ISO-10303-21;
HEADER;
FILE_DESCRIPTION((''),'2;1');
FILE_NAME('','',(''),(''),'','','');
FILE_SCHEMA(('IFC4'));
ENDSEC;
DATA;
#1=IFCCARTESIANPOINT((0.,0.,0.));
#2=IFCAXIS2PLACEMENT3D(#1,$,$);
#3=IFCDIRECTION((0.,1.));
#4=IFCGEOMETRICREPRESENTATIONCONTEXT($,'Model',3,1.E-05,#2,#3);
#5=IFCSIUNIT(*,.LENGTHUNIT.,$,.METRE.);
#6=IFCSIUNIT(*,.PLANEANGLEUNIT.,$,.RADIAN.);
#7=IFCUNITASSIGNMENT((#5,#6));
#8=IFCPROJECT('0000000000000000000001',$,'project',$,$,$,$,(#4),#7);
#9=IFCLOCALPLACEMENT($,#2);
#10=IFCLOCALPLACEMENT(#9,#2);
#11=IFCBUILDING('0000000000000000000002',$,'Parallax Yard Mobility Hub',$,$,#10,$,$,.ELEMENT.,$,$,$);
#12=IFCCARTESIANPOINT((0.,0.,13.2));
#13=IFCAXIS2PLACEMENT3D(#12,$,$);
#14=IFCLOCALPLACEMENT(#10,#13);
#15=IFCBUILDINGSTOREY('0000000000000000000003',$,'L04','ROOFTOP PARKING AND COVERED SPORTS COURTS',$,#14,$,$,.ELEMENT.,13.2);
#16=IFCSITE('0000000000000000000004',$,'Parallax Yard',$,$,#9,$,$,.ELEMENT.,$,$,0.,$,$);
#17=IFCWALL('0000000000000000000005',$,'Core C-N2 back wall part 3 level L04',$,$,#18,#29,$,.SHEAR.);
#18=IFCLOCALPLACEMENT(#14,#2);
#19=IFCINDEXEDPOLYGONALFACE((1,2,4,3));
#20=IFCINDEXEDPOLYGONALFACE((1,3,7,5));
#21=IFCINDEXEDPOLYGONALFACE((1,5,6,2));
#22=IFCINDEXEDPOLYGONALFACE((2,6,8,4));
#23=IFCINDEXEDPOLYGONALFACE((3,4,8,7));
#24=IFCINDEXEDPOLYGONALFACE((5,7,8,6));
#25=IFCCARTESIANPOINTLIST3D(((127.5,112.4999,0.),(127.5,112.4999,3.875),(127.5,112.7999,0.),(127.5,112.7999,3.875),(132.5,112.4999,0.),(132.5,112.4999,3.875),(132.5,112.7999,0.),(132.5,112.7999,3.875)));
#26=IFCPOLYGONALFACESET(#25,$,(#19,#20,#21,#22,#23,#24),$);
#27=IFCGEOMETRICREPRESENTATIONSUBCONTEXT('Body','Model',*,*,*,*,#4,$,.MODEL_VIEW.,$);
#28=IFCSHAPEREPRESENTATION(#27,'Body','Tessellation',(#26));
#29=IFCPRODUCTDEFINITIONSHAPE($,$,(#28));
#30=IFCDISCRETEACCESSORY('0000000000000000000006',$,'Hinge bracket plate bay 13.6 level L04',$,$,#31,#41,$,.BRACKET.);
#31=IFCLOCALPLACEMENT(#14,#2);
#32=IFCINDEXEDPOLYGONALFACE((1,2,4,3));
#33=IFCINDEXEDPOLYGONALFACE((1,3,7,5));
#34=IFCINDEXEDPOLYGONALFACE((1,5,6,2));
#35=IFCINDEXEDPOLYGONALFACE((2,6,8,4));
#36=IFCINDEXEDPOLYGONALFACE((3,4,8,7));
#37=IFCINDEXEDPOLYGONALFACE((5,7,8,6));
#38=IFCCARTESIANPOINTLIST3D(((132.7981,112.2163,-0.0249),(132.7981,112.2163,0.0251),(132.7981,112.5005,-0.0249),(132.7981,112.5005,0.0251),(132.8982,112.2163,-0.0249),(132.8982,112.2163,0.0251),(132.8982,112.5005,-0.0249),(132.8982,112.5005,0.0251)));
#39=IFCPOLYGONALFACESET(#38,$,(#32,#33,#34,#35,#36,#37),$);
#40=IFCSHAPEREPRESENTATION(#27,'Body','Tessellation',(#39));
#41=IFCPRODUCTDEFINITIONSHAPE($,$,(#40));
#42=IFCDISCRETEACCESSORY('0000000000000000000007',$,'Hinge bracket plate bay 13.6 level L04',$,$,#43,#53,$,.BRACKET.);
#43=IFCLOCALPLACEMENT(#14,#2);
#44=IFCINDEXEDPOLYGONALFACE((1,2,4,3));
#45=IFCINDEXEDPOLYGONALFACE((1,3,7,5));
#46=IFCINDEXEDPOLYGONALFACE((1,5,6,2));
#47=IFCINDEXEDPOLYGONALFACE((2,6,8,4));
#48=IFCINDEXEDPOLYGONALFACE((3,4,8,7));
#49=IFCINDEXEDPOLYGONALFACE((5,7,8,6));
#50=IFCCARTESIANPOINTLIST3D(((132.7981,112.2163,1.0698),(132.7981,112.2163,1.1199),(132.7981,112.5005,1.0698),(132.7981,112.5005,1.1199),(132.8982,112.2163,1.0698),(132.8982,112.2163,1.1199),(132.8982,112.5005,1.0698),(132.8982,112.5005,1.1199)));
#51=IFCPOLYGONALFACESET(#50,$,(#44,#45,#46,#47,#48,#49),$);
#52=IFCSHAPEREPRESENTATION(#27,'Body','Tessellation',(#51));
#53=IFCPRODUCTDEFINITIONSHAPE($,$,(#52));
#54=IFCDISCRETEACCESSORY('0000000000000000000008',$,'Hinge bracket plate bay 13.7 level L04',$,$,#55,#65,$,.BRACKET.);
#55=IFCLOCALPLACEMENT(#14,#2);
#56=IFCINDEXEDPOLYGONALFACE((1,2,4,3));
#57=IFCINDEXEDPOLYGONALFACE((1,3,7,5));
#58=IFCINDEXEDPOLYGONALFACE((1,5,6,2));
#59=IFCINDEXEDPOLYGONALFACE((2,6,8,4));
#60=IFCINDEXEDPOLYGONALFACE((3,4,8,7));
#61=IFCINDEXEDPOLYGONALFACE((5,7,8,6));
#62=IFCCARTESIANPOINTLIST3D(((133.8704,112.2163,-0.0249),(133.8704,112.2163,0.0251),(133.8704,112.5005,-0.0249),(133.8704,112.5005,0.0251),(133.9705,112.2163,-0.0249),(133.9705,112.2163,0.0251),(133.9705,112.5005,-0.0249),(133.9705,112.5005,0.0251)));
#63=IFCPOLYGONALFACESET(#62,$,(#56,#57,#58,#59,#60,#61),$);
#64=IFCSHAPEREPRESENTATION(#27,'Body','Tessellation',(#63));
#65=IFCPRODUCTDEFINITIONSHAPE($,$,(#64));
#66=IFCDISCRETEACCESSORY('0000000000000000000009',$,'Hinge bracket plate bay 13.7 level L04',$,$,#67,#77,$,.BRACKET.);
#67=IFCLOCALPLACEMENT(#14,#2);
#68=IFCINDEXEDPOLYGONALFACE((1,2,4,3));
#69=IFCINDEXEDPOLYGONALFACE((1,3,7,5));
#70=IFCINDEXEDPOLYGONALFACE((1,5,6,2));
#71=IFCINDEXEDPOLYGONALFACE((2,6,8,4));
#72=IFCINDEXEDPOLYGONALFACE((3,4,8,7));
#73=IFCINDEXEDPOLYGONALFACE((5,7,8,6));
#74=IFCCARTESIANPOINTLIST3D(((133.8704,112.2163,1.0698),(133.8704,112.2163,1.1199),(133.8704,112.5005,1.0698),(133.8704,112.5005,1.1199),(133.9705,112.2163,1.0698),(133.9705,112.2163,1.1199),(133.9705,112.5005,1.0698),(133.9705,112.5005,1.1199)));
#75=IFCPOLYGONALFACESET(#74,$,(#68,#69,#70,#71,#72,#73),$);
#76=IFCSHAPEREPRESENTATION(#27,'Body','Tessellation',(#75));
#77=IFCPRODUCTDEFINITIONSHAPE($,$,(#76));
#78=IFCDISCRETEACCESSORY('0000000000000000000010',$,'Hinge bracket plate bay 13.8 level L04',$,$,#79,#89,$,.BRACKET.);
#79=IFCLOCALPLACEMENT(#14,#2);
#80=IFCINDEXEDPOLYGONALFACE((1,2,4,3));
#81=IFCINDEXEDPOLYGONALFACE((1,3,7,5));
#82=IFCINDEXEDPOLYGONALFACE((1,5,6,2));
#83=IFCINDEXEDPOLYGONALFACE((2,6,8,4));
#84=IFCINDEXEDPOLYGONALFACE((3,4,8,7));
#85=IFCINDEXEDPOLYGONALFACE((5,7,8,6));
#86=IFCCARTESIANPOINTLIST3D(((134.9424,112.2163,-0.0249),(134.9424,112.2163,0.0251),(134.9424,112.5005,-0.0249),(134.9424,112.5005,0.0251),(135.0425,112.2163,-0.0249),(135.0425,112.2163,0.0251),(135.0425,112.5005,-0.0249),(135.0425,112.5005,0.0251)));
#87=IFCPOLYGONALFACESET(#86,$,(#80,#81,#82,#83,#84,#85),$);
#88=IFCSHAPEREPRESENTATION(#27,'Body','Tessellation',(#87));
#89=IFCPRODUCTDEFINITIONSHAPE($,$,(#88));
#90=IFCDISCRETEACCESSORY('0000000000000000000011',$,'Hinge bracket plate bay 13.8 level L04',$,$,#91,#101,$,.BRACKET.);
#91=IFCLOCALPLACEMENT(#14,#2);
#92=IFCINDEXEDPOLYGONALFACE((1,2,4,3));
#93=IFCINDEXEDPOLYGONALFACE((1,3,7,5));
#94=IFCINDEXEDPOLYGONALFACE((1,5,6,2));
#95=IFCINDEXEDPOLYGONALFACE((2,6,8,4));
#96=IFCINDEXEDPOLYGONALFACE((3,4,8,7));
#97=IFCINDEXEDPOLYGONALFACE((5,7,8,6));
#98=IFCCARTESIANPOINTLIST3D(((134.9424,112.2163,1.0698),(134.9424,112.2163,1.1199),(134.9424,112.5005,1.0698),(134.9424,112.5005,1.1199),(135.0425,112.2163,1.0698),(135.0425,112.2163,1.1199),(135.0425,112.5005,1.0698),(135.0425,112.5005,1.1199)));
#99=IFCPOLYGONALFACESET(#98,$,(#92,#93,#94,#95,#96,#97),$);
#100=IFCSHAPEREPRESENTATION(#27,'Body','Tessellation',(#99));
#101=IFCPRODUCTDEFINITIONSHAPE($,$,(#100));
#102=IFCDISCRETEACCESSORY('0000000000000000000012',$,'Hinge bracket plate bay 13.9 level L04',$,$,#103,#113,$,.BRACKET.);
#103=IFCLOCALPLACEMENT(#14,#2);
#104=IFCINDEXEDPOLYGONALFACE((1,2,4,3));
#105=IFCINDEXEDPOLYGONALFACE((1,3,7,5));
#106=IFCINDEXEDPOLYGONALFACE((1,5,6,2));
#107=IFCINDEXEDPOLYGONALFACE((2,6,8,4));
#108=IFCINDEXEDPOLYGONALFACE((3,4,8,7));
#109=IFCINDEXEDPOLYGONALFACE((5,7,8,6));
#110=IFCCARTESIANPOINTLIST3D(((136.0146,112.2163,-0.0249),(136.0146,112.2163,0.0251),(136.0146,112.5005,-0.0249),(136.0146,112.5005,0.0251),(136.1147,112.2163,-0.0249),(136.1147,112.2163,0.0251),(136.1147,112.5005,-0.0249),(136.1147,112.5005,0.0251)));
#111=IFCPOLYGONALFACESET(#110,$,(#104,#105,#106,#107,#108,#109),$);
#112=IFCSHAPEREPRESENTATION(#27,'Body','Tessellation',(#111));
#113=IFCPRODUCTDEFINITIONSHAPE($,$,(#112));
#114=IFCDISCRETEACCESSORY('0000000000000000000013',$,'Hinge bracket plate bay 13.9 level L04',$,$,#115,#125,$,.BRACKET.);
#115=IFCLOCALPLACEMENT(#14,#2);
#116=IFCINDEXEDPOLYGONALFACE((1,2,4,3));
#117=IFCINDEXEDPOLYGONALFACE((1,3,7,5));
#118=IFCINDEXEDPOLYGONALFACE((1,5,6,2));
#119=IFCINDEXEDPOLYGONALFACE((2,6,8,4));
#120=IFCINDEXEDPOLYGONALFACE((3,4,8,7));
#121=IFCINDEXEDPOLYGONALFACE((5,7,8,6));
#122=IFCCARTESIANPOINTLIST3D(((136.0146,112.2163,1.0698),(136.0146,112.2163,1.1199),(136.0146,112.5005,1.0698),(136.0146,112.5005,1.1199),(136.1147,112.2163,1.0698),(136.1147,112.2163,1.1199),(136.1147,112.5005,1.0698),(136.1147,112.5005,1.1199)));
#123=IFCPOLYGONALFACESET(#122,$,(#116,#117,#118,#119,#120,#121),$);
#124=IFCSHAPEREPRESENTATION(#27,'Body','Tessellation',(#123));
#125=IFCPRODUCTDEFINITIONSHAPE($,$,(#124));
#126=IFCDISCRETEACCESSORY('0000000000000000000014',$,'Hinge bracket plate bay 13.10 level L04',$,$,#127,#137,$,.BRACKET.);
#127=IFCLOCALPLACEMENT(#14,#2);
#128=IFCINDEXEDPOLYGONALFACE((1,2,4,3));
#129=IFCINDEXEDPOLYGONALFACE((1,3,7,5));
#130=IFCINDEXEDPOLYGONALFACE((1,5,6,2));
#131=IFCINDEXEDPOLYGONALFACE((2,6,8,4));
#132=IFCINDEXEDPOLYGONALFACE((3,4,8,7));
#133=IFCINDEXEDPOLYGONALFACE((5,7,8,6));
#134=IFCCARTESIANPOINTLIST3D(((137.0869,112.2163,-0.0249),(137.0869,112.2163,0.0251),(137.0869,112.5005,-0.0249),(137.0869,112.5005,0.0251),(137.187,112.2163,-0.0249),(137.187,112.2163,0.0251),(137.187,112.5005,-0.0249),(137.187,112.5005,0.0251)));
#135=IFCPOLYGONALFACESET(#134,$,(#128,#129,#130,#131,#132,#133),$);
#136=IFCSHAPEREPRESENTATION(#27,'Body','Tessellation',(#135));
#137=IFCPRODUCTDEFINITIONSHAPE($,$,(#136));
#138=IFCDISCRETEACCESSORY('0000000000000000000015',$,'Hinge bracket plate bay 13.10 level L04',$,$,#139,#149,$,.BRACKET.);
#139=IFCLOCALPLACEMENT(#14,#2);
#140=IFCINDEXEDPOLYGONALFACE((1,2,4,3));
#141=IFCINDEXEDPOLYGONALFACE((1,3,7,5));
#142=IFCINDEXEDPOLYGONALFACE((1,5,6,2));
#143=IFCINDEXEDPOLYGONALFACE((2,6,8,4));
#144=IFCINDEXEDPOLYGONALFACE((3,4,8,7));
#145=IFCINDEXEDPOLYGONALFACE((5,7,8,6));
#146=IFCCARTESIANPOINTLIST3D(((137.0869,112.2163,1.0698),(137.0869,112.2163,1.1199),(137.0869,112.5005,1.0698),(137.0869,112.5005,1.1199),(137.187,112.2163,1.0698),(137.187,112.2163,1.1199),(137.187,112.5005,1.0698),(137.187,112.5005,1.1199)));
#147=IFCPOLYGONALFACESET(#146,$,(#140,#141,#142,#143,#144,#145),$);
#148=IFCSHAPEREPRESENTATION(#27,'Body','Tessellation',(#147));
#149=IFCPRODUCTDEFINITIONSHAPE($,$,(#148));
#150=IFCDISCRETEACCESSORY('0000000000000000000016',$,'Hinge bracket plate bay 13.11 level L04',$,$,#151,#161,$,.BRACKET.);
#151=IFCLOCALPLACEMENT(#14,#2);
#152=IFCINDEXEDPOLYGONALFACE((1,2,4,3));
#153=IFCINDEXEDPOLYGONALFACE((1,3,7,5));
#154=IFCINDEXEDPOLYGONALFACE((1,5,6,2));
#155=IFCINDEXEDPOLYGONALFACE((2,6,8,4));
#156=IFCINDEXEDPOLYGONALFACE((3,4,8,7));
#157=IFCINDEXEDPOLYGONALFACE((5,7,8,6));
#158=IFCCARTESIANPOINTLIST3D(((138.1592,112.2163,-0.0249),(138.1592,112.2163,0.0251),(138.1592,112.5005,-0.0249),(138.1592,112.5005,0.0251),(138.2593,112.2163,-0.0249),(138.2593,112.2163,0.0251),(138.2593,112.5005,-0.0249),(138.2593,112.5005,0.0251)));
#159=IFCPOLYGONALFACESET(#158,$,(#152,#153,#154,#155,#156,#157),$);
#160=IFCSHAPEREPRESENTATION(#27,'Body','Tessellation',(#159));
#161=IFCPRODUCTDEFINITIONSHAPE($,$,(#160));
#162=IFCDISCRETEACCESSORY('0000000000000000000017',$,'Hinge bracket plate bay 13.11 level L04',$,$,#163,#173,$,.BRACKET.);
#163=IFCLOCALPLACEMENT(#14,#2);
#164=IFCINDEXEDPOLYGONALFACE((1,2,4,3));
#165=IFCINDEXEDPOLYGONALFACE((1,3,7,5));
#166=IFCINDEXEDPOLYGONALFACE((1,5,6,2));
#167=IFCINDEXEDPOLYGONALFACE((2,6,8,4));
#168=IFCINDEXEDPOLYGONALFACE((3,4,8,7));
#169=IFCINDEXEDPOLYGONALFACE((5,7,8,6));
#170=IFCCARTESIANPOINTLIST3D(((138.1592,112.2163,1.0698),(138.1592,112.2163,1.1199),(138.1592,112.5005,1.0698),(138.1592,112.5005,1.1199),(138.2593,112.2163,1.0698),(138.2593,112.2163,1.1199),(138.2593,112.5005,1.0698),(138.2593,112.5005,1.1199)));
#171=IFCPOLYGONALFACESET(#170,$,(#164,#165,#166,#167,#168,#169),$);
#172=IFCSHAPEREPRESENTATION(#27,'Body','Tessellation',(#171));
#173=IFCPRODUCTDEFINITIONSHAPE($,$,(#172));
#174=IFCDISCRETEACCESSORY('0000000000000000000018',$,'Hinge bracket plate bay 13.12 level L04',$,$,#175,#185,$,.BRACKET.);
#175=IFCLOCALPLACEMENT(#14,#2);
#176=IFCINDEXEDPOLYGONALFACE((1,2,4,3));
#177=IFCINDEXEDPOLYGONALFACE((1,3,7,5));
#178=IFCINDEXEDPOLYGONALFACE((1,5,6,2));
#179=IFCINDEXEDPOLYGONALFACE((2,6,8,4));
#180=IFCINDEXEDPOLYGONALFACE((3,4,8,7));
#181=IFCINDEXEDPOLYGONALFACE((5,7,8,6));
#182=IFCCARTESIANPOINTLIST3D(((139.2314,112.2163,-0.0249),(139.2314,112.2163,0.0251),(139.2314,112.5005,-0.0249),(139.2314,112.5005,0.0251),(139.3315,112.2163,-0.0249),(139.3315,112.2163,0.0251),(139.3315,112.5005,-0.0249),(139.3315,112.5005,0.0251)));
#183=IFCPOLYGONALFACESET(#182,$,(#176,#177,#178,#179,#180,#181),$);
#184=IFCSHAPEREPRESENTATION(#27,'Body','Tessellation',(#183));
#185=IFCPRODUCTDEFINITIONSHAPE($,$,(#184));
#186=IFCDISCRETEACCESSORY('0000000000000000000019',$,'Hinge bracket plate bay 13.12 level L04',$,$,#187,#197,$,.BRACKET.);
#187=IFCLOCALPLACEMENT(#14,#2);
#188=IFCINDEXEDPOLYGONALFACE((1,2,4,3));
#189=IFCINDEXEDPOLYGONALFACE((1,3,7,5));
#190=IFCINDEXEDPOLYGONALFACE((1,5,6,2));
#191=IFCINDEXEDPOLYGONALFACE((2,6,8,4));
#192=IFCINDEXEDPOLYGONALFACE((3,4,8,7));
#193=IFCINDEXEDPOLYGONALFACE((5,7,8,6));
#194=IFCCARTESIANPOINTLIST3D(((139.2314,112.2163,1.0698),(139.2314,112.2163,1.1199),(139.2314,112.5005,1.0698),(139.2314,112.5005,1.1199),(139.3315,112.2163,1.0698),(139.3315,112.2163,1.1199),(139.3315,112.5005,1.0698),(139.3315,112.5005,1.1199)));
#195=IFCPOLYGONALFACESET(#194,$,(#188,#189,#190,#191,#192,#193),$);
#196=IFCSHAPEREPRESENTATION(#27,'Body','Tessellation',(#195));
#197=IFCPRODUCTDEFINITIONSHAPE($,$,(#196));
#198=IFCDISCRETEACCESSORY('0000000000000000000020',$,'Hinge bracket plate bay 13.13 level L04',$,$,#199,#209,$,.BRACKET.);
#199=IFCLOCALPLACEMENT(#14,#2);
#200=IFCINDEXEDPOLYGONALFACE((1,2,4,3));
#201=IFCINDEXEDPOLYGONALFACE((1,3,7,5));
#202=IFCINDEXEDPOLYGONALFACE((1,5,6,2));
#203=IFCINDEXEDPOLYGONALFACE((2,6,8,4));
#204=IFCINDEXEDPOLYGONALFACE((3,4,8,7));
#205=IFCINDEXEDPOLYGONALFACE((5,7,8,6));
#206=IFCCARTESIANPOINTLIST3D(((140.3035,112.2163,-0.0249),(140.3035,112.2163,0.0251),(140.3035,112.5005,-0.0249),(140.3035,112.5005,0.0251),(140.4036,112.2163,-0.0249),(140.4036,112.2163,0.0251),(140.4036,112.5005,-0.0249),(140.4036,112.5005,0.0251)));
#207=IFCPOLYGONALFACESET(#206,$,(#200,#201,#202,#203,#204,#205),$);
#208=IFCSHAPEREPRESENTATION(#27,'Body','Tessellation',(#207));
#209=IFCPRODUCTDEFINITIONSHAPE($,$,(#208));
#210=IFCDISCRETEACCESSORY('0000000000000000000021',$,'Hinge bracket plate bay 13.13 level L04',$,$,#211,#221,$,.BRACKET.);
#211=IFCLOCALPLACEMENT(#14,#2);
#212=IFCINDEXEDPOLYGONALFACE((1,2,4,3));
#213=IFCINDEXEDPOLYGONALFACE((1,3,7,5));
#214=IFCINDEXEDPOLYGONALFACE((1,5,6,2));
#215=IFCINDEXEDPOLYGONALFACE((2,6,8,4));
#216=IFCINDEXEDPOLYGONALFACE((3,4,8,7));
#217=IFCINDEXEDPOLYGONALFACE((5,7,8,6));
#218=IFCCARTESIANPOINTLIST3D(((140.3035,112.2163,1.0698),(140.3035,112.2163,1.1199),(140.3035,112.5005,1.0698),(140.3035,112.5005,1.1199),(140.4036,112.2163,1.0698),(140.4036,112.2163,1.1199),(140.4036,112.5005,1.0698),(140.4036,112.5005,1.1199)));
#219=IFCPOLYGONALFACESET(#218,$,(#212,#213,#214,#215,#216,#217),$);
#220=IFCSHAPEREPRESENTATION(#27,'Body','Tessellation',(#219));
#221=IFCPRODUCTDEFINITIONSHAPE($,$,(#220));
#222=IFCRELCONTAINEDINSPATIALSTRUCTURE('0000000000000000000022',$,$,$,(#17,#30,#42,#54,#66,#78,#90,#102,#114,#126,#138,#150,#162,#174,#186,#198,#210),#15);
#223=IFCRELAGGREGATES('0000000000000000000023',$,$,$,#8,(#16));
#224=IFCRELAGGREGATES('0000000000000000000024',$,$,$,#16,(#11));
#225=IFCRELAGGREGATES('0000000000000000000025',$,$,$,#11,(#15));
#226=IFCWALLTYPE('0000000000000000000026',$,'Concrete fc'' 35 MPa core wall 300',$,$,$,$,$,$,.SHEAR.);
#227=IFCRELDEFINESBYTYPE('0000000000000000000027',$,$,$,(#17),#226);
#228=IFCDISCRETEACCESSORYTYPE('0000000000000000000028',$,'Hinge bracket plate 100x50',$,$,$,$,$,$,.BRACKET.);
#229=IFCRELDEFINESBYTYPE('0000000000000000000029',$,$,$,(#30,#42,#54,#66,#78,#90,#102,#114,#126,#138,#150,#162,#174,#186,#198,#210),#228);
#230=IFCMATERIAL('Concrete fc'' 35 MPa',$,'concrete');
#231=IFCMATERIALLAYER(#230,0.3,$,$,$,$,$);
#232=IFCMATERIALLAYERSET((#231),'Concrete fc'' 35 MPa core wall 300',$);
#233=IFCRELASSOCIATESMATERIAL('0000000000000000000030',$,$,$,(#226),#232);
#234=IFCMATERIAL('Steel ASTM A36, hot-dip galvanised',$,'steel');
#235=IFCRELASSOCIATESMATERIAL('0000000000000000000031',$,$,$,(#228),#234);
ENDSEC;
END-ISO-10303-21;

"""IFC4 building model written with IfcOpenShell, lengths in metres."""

from ifc_helpers import new_model, si_unit, direction, frame, frame_2d, origin, origin_2d, place, context, subcontext, project, spatial, rectangle, extrude, material, layer, layer_set, type_object, element, save


model = new_model("IFC4")

# Units and contexts
model_context = context("Model", 3, precision=1e-05, world=origin(), true_north=direction((0.0, 1.0)))
body_context = subcontext(model_context, "Body", "Model", "MODEL_VIEW")
ifc_project = project(units=[si_unit("LENGTHUNIT", "METRE"), si_unit("PLANEANGLEUNIT", "RADIAN")], contexts=[model_context])

# Site, building, storey
site_placement = place(None, origin())
site = spatial("IfcSite", under=ifc_project, at=site_placement, Name="Parallax Yard", CompositionType="ELEMENT", RefElevation=0.0)
building_placement = place(site_placement, origin())
building = spatial("IfcBuilding", under=site, at=building_placement, Name="Parallax Yard Mobility Hub", CompositionType="ELEMENT")
storey_placement = place(building_placement, frame((0.0, 0.0, 13.2)))
storey = spatial("IfcBuildingStorey", under=building, at=storey_placement, Name="L04", Description="ROOFTOP PARKING AND COVERED SPORTS COURTS", CompositionType="ELEMENT", Elevation=13.2)

# Wall
ifc_material_1 = material(Name="Concrete fc' 35 MPa", Category="concrete")
ifc_layer = layer(ifc_material_1, 0.3)
ifc_layer_set = layer_set([ifc_layer], Name="Concrete fc' 35 MPa core wall 300")
wall_type = type_object("IfcWallType", Name="Concrete fc' 35 MPa core wall 300", PredefinedType="SHEAR", material=ifc_layer_set)
wall_placement = place(storey_placement, frame((132.5, 112.6499, 0.0), z_axis=(0.0, 0.0, 1.0), x_axis=(-1.0, 0.0, 0.0)))
element("IfcWall", 1, at=wall_placement, inside=storey, type_object=wall_type, Name="Core C-N2 back wall part 3 level L04", PredefinedType="SHEAR", context=body_context, shape_type="SweptSolid", body=[
    extrude(rectangle(XDim=5.0, YDim=0.3, at=frame_2d((2.5, 0.0))), origin(), (0.0, 0.0, 1.0), 3.875),
])

# Discrete accessories
ifc_material_2 = material(Name="Steel ASTM A36, hot-dip galvanised", Category="steel")
discrete_accessory_type = type_object("IfcDiscreteAccessoryType", Name="Hinge bracket plate 100x50", PredefinedType="BRACKET", material=ifc_material_2)
for number, where, z_axis, x_axis, name in (
    (2, (132.8481, 112.3584, -0.0249), (0.0, 0.0, 1.0), (0.0, -1.0, 0.0), "Hinge bracket plate bay 13.6 level L04"),
    (3, (132.8481, 112.3584, 1.0698), (0.0, 0.0, 1.0), (0.0, -1.0, 0.0), "Hinge bracket plate bay 13.6 level L04"),
    (4, (133.9204, 112.3584, -0.0249), (0.0, 0.0, 1.0), (0.0, -1.0, 0.0), "Hinge bracket plate bay 13.7 level L04"),
    (5, (133.9204, 112.3584, 1.0698), (0.0, 0.0, 1.0), (0.0, -1.0, 0.0), "Hinge bracket plate bay 13.7 level L04"),
    (6, (134.9924, 112.3584, -0.0249), (0.0, 0.0, 1.0), (0.0, -1.0, 0.0), "Hinge bracket plate bay 13.8 level L04"),
    (7, (134.9924, 112.3584, 1.0698), (0.0, 0.0, 1.0), (0.0, -1.0, 0.0), "Hinge bracket plate bay 13.8 level L04"),
    (8, (136.0647, 112.3584, -0.0249), (0.0, 0.0, 1.0), (0.0, -1.0, 0.0), "Hinge bracket plate bay 13.9 level L04"),
    (9, (136.0647, 112.3584, 1.0698), (0.0, 0.0, 1.0), (0.0, -1.0, 0.0), "Hinge bracket plate bay 13.9 level L04"),
    (10, (137.137, 112.3584, -0.0249), (0.0, 0.0, 1.0), (0.0, -1.0, 0.0), "Hinge bracket plate bay 13.10 level L04"),
    (11, (137.137, 112.3584, 1.0698), (0.0, 0.0, 1.0), (0.0, -1.0, 0.0), "Hinge bracket plate bay 13.10 level L04"),
    (12, (138.2092, 112.3584, -0.0249), (0.0, 0.0, 1.0), (0.0, -1.0, 0.0), "Hinge bracket plate bay 13.11 level L04"),
    (13, (138.2092, 112.3584, 1.0698), (0.0, 0.0, 1.0), (0.0, -1.0, 0.0), "Hinge bracket plate bay 13.11 level L04"),
    (14, (139.2815, 112.3584, -0.0249), (0.0, 0.0, 1.0), (0.0, -1.0, 0.0), "Hinge bracket plate bay 13.12 level L04"),
    (15, (139.2815, 112.3584, 1.0698), (0.0, 0.0, 1.0), (0.0, -1.0, 0.0), "Hinge bracket plate bay 13.12 level L04"),
    (16, (140.3535, 112.3584, -0.0249), (0.0, 0.0, 1.0), (0.0, -1.0, 0.0), "Hinge bracket plate bay 13.13 level L04"),
    (17, (140.3535, 112.3584, 1.0698), (0.0, 0.0, 1.0), (0.0, -1.0, 0.0), "Hinge bracket plate bay 13.13 level L04"),
):
    element("IfcDiscreteAccessory", number, at=place(storey_placement, frame(where, z_axis=z_axis, x_axis=x_axis)), inside=storey, type_object=discrete_accessory_type, Name=name, PredefinedType="BRACKET", context=body_context, shape_type="SweptSolid", body=[
        extrude(rectangle(XDim=0.2842, YDim=0.1001, at=origin_2d()), origin(), (0.0, 0.0, 1.0), 0.05),
    ])

save(model, "model.ifc")
